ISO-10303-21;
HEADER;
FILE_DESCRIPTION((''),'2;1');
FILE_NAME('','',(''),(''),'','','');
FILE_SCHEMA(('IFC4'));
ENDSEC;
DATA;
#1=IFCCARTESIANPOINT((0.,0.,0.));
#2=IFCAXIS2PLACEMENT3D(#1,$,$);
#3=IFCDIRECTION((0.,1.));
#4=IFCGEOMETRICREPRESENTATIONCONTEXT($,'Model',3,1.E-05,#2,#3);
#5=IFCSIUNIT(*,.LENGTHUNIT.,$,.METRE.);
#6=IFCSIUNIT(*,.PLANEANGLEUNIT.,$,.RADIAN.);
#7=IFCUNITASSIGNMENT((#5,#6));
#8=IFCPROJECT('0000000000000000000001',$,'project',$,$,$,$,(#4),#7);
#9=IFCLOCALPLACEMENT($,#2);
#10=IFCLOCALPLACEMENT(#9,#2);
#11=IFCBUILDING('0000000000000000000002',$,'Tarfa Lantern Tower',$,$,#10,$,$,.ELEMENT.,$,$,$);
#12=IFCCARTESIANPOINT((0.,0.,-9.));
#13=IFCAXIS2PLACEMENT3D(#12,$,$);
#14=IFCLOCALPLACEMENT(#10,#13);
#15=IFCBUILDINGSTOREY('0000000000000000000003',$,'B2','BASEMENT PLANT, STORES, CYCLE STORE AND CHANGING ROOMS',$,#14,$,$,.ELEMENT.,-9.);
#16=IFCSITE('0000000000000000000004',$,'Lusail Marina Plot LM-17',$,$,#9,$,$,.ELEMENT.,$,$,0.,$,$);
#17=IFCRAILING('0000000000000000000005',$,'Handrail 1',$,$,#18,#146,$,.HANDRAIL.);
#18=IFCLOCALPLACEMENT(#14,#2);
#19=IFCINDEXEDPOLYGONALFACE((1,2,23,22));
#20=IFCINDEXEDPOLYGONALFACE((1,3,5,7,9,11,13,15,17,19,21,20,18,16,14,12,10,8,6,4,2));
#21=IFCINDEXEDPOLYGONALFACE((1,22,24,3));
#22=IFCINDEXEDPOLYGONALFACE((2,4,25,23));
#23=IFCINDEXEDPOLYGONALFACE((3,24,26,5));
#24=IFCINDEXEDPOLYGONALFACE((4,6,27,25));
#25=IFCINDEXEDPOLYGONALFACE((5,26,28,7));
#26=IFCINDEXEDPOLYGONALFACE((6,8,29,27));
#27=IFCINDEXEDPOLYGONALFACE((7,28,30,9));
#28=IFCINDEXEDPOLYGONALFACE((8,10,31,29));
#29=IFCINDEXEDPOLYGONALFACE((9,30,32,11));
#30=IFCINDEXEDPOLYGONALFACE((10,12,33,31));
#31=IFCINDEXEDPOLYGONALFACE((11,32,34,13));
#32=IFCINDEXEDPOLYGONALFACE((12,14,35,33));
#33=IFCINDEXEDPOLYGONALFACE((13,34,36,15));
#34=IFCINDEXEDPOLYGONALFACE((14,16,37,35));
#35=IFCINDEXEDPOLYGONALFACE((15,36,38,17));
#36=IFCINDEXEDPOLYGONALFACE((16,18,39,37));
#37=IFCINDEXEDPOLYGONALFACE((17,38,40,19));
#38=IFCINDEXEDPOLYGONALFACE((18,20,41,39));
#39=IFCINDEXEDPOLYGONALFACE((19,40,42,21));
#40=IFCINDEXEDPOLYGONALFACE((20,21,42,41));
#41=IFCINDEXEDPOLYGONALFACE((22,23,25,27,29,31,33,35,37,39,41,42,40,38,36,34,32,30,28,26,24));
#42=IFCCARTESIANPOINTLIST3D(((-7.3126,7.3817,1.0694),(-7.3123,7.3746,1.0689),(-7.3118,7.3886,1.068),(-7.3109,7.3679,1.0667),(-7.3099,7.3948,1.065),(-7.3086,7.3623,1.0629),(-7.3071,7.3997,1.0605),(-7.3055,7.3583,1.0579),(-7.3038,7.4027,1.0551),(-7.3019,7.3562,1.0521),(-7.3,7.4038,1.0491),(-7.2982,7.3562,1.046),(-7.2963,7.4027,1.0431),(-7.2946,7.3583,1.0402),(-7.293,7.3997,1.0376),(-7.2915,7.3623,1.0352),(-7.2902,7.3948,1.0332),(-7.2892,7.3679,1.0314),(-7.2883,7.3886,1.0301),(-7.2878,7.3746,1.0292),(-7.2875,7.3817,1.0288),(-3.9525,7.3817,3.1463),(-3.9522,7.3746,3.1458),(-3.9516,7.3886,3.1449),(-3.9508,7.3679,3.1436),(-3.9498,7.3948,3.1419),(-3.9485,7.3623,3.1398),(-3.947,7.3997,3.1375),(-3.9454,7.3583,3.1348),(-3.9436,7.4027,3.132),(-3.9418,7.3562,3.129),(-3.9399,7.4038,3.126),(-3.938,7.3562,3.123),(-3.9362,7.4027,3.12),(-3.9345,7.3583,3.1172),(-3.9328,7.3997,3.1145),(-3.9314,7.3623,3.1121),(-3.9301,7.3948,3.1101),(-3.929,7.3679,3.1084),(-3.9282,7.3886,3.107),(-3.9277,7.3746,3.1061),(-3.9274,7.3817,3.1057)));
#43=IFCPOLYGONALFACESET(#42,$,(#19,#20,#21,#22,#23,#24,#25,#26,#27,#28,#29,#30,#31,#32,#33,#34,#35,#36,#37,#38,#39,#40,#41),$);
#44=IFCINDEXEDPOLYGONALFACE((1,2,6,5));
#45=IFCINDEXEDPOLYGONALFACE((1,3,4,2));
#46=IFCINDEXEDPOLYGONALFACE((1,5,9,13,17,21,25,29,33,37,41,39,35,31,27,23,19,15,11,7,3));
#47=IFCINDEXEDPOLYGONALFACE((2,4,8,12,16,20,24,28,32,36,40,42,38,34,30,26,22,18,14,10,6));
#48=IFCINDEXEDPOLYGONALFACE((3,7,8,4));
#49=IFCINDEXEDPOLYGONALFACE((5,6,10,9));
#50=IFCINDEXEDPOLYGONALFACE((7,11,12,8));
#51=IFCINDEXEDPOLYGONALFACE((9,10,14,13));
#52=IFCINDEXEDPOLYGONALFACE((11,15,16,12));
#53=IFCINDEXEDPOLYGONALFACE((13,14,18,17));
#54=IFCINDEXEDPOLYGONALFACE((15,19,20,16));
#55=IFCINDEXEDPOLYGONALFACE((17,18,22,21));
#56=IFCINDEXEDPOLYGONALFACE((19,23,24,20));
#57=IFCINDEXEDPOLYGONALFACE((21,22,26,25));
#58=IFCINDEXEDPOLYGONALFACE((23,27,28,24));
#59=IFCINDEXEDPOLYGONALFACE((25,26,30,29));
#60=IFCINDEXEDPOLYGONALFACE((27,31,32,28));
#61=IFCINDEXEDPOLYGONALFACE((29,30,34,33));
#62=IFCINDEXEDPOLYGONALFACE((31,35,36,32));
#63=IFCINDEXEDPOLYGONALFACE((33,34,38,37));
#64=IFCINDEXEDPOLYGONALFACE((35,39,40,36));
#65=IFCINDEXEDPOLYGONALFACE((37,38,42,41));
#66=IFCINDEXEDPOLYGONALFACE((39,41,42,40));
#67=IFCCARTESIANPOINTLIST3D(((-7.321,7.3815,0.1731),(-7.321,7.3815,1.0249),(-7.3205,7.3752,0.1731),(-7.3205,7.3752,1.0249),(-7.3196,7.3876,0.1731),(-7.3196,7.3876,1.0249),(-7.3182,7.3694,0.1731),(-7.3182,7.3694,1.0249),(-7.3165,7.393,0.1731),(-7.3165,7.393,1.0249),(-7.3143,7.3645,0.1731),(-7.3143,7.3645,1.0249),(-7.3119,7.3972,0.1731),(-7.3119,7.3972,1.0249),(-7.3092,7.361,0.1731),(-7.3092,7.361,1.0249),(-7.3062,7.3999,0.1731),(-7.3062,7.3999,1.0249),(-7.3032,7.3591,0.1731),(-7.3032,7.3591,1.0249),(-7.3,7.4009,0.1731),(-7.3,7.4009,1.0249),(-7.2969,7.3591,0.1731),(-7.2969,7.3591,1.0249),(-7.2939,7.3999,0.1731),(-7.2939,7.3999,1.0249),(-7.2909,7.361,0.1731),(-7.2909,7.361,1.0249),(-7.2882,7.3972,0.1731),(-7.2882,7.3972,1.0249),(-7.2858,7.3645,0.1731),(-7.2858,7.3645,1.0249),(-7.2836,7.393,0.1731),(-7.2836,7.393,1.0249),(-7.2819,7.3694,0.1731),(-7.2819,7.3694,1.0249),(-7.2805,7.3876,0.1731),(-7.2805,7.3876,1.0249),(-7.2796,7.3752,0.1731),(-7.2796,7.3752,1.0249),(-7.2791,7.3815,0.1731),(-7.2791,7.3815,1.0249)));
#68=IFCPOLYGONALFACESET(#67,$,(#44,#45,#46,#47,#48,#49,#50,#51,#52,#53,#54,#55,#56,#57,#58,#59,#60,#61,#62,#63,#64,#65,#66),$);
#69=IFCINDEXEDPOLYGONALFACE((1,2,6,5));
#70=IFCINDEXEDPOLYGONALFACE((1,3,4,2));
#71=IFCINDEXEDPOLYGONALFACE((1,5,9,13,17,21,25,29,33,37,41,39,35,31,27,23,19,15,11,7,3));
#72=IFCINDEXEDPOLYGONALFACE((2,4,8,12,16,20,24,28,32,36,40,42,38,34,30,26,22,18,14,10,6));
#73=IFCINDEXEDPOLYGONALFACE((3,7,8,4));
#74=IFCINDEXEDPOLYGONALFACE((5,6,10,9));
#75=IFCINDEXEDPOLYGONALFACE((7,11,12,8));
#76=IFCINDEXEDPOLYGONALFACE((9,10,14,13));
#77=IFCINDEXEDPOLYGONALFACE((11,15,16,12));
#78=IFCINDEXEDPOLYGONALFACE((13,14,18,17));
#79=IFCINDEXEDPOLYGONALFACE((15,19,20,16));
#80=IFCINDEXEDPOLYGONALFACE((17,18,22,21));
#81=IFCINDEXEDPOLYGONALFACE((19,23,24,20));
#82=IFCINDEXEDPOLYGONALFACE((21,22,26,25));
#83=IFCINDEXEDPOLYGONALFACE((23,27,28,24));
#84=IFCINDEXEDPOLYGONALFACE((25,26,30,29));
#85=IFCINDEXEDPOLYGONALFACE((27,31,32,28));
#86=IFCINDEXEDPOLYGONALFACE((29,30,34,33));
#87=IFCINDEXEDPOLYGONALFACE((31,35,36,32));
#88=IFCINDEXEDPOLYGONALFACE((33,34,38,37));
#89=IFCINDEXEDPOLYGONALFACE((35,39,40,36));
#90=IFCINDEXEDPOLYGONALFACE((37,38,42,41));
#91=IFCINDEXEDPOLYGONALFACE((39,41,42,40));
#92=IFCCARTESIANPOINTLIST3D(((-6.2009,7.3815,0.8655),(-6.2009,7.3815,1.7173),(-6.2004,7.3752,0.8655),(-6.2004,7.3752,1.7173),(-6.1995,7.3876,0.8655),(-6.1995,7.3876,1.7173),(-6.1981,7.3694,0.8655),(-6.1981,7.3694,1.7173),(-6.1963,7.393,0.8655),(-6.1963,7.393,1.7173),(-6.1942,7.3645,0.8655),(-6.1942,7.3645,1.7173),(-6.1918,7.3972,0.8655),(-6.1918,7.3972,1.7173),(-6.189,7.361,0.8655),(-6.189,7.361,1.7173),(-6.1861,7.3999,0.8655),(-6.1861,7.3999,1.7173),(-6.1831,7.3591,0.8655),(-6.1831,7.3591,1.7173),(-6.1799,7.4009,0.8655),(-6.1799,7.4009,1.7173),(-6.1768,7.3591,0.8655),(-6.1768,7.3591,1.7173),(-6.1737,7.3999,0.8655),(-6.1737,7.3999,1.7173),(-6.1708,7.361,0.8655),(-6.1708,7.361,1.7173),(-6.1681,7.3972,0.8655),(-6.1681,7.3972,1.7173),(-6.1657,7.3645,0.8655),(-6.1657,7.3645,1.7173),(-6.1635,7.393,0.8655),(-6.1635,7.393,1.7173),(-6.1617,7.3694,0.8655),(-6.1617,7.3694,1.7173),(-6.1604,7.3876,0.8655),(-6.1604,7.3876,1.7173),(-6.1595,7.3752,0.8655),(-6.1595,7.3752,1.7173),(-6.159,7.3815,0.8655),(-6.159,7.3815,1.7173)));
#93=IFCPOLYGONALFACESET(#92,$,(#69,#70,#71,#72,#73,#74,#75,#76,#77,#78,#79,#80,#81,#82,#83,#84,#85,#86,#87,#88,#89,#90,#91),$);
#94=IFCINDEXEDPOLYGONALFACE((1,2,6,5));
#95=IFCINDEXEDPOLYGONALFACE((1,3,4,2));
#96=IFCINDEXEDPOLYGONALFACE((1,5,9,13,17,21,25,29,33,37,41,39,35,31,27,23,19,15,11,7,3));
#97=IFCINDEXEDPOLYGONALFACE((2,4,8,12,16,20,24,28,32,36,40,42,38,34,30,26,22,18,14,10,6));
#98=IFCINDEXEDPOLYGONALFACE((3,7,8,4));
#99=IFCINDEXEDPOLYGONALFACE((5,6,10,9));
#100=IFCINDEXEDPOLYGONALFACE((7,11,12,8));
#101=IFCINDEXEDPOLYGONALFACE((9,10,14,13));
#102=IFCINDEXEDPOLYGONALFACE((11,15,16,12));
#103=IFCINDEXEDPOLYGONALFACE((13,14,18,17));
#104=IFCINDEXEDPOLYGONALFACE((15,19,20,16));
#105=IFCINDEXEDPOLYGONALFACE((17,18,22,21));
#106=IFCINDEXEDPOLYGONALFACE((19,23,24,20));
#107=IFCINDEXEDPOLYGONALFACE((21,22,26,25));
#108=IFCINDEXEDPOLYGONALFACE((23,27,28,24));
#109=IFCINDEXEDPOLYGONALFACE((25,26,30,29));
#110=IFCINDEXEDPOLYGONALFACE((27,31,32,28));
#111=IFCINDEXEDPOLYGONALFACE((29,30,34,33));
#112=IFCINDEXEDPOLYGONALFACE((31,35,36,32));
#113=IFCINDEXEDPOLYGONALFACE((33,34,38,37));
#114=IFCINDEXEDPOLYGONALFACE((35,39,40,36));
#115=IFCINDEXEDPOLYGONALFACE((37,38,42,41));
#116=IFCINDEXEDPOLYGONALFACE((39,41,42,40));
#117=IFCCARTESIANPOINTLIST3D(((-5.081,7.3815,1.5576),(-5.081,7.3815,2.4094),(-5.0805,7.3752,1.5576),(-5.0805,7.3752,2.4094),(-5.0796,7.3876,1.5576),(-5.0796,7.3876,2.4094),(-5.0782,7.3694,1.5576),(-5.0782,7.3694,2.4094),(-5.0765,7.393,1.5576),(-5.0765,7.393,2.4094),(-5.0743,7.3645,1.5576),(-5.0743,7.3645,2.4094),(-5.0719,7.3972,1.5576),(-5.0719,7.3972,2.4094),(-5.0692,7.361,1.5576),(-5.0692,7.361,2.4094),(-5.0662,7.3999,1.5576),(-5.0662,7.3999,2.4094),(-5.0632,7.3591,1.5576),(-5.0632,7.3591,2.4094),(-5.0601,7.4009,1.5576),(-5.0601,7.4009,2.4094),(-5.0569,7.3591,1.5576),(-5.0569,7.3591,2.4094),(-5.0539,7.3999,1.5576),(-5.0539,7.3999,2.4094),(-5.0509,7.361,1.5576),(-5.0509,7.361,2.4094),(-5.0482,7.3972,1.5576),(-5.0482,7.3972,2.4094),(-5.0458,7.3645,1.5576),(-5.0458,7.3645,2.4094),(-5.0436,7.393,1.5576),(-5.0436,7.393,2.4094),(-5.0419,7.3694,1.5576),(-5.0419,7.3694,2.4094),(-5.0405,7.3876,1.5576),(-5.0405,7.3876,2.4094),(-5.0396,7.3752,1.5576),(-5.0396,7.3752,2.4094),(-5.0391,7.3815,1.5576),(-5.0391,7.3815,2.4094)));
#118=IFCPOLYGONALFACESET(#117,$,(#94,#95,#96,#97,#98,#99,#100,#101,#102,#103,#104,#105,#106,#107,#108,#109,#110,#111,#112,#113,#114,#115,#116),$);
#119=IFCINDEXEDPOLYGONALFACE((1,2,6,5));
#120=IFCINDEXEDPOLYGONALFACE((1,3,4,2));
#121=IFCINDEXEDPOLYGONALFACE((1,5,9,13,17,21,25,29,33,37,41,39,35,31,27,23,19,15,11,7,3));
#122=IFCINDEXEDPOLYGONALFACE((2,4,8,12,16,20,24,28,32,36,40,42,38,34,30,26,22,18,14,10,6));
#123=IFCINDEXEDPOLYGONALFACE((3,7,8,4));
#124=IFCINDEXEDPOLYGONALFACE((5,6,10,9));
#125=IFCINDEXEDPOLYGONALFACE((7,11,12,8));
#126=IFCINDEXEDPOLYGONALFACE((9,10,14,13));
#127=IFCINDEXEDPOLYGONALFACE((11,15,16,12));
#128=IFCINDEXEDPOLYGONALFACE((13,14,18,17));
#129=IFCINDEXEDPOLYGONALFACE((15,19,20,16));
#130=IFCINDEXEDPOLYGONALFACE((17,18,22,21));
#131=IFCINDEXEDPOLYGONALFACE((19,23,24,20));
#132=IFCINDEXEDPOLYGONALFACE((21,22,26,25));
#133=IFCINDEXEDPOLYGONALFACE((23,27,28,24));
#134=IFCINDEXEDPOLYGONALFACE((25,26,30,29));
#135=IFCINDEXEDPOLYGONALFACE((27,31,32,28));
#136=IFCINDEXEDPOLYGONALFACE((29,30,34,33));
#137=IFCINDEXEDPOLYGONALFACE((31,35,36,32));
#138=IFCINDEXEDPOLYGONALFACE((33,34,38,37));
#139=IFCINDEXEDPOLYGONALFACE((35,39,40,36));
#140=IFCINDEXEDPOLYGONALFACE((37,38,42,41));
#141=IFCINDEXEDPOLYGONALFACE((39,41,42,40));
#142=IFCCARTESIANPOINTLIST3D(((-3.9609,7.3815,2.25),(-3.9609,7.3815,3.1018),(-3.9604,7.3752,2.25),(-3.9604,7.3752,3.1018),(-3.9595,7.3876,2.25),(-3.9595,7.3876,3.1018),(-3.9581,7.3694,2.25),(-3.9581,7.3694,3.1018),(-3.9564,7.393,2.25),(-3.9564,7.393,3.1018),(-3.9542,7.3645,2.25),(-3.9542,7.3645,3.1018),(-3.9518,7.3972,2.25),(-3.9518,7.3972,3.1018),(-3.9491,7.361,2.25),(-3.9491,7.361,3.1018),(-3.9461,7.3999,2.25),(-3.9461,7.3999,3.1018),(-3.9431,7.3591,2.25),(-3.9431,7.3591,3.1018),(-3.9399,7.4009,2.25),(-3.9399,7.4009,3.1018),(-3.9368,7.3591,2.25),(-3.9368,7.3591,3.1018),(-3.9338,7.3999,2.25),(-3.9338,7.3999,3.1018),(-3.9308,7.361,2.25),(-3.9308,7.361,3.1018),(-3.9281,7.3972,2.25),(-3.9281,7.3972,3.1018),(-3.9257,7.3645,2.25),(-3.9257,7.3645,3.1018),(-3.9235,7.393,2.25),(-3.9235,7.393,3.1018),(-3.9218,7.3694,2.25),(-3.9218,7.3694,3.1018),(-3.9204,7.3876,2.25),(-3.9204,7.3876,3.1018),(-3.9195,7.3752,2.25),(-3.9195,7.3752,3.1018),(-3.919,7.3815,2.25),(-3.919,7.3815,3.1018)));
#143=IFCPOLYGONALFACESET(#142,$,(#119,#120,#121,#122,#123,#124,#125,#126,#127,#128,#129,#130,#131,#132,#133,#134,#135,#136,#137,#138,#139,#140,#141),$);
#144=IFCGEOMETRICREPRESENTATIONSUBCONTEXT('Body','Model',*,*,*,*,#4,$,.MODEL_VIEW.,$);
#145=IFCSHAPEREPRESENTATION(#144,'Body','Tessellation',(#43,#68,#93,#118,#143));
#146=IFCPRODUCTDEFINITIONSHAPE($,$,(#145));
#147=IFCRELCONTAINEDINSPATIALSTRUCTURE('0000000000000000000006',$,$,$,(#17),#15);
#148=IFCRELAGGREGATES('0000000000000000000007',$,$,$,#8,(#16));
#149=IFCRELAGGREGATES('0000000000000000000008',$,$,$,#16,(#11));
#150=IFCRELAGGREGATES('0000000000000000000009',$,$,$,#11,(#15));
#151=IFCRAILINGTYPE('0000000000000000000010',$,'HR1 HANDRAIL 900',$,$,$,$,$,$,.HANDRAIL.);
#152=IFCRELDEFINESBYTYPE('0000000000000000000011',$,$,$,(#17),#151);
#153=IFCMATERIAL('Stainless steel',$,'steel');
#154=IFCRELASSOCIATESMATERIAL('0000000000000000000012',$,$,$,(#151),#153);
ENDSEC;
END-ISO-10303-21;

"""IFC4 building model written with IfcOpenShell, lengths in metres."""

from ifc_helpers import new_model, si_unit, direction, frame, origin, origin_2d, place, context, subcontext, project, spatial, circle, extrude, material, type_object, element, save


model = new_model("IFC4")

# Units and contexts
model_context = context("Model", 3, precision=1e-05, world=origin(), true_north=direction((0.0, 1.0)))
body_context = subcontext(model_context, "Body", "Model", "MODEL_VIEW")
ifc_project = project(units=[si_unit("LENGTHUNIT", "METRE"), si_unit("PLANEANGLEUNIT", "RADIAN")], contexts=[model_context])

# Site, building, storey
site_placement = place(None, origin())
site = spatial("IfcSite", under=ifc_project, at=site_placement, Name="Lusail Marina Plot LM-17", CompositionType="ELEMENT", RefElevation=0.0)
building_placement = place(site_placement, origin())
building = spatial("IfcBuilding", under=site, at=building_placement, Name="Tarfa Lantern Tower", CompositionType="ELEMENT")
storey_placement = place(building_placement, frame((0.0, 0.0, -9.0)))
storey = spatial("IfcBuildingStorey", under=building, at=storey_placement, Name="B2", Description="BASEMENT PLANT, STORES, CYCLE STORE AND CHANGING ROOMS", CompositionType="ELEMENT", Elevation=-9.0)

# Railing
ifc_material_1 = material(Name="Stainless steel", Category="steel")
railing_type = type_object("IfcRailingType", Name="HR1 HANDRAIL 900", PredefinedType="HANDRAIL", material=ifc_material_1)
railing_1_placement = place(storey_placement, frame((-7.3, 7.3799, 0.1731)))
element("IfcRailing", 1, at=railing_1_placement, inside=storey, type_object=railing_type, Name="Handrail 1", PredefinedType="HANDRAIL", context=body_context, shape_type="SweptSolid", body=[
    extrude(circle(Radius=0.0239, at=origin_2d()), frame((0.0, 0.0, 0.876), z_axis=(0.850623, 0.0, 0.525776), x_axis=(0.0, 1.0, 0.0)), (0.0, 0.0, 1.0), 3.9502),
    extrude(circle(Radius=0.021, at=origin_2d()), frame((0.0, 0.0, 0.0), z_axis=(0.0, 0.0, 1.0), x_axis=(0.0, 1.0, 0.0)), (0.0, 0.0, 1.0), 0.8518),
    extrude(circle(Radius=0.021, at=origin_2d()), frame((1.1201, 0.0, 0.6924), z_axis=(0.0, 0.0, 1.0), x_axis=(0.0, 1.0, 0.0)), (0.0, 0.0, 1.0), 0.8518),
    extrude(circle(Radius=0.021, at=origin_2d()), frame((2.24, 0.0, 1.3845), z_axis=(0.0, 0.0, 1.0), x_axis=(0.0, 1.0, 0.0)), (0.0, 0.0, 1.0), 0.8518),
    extrude(circle(Radius=0.021, at=origin_2d()), frame((3.3601, 0.0, 2.0769), z_axis=(0.0, 0.0, 1.0), x_axis=(0.0, 1.0, 0.0)), (0.0, 0.0, 1.0), 0.8518),
])

save(model, "model.ifc")
